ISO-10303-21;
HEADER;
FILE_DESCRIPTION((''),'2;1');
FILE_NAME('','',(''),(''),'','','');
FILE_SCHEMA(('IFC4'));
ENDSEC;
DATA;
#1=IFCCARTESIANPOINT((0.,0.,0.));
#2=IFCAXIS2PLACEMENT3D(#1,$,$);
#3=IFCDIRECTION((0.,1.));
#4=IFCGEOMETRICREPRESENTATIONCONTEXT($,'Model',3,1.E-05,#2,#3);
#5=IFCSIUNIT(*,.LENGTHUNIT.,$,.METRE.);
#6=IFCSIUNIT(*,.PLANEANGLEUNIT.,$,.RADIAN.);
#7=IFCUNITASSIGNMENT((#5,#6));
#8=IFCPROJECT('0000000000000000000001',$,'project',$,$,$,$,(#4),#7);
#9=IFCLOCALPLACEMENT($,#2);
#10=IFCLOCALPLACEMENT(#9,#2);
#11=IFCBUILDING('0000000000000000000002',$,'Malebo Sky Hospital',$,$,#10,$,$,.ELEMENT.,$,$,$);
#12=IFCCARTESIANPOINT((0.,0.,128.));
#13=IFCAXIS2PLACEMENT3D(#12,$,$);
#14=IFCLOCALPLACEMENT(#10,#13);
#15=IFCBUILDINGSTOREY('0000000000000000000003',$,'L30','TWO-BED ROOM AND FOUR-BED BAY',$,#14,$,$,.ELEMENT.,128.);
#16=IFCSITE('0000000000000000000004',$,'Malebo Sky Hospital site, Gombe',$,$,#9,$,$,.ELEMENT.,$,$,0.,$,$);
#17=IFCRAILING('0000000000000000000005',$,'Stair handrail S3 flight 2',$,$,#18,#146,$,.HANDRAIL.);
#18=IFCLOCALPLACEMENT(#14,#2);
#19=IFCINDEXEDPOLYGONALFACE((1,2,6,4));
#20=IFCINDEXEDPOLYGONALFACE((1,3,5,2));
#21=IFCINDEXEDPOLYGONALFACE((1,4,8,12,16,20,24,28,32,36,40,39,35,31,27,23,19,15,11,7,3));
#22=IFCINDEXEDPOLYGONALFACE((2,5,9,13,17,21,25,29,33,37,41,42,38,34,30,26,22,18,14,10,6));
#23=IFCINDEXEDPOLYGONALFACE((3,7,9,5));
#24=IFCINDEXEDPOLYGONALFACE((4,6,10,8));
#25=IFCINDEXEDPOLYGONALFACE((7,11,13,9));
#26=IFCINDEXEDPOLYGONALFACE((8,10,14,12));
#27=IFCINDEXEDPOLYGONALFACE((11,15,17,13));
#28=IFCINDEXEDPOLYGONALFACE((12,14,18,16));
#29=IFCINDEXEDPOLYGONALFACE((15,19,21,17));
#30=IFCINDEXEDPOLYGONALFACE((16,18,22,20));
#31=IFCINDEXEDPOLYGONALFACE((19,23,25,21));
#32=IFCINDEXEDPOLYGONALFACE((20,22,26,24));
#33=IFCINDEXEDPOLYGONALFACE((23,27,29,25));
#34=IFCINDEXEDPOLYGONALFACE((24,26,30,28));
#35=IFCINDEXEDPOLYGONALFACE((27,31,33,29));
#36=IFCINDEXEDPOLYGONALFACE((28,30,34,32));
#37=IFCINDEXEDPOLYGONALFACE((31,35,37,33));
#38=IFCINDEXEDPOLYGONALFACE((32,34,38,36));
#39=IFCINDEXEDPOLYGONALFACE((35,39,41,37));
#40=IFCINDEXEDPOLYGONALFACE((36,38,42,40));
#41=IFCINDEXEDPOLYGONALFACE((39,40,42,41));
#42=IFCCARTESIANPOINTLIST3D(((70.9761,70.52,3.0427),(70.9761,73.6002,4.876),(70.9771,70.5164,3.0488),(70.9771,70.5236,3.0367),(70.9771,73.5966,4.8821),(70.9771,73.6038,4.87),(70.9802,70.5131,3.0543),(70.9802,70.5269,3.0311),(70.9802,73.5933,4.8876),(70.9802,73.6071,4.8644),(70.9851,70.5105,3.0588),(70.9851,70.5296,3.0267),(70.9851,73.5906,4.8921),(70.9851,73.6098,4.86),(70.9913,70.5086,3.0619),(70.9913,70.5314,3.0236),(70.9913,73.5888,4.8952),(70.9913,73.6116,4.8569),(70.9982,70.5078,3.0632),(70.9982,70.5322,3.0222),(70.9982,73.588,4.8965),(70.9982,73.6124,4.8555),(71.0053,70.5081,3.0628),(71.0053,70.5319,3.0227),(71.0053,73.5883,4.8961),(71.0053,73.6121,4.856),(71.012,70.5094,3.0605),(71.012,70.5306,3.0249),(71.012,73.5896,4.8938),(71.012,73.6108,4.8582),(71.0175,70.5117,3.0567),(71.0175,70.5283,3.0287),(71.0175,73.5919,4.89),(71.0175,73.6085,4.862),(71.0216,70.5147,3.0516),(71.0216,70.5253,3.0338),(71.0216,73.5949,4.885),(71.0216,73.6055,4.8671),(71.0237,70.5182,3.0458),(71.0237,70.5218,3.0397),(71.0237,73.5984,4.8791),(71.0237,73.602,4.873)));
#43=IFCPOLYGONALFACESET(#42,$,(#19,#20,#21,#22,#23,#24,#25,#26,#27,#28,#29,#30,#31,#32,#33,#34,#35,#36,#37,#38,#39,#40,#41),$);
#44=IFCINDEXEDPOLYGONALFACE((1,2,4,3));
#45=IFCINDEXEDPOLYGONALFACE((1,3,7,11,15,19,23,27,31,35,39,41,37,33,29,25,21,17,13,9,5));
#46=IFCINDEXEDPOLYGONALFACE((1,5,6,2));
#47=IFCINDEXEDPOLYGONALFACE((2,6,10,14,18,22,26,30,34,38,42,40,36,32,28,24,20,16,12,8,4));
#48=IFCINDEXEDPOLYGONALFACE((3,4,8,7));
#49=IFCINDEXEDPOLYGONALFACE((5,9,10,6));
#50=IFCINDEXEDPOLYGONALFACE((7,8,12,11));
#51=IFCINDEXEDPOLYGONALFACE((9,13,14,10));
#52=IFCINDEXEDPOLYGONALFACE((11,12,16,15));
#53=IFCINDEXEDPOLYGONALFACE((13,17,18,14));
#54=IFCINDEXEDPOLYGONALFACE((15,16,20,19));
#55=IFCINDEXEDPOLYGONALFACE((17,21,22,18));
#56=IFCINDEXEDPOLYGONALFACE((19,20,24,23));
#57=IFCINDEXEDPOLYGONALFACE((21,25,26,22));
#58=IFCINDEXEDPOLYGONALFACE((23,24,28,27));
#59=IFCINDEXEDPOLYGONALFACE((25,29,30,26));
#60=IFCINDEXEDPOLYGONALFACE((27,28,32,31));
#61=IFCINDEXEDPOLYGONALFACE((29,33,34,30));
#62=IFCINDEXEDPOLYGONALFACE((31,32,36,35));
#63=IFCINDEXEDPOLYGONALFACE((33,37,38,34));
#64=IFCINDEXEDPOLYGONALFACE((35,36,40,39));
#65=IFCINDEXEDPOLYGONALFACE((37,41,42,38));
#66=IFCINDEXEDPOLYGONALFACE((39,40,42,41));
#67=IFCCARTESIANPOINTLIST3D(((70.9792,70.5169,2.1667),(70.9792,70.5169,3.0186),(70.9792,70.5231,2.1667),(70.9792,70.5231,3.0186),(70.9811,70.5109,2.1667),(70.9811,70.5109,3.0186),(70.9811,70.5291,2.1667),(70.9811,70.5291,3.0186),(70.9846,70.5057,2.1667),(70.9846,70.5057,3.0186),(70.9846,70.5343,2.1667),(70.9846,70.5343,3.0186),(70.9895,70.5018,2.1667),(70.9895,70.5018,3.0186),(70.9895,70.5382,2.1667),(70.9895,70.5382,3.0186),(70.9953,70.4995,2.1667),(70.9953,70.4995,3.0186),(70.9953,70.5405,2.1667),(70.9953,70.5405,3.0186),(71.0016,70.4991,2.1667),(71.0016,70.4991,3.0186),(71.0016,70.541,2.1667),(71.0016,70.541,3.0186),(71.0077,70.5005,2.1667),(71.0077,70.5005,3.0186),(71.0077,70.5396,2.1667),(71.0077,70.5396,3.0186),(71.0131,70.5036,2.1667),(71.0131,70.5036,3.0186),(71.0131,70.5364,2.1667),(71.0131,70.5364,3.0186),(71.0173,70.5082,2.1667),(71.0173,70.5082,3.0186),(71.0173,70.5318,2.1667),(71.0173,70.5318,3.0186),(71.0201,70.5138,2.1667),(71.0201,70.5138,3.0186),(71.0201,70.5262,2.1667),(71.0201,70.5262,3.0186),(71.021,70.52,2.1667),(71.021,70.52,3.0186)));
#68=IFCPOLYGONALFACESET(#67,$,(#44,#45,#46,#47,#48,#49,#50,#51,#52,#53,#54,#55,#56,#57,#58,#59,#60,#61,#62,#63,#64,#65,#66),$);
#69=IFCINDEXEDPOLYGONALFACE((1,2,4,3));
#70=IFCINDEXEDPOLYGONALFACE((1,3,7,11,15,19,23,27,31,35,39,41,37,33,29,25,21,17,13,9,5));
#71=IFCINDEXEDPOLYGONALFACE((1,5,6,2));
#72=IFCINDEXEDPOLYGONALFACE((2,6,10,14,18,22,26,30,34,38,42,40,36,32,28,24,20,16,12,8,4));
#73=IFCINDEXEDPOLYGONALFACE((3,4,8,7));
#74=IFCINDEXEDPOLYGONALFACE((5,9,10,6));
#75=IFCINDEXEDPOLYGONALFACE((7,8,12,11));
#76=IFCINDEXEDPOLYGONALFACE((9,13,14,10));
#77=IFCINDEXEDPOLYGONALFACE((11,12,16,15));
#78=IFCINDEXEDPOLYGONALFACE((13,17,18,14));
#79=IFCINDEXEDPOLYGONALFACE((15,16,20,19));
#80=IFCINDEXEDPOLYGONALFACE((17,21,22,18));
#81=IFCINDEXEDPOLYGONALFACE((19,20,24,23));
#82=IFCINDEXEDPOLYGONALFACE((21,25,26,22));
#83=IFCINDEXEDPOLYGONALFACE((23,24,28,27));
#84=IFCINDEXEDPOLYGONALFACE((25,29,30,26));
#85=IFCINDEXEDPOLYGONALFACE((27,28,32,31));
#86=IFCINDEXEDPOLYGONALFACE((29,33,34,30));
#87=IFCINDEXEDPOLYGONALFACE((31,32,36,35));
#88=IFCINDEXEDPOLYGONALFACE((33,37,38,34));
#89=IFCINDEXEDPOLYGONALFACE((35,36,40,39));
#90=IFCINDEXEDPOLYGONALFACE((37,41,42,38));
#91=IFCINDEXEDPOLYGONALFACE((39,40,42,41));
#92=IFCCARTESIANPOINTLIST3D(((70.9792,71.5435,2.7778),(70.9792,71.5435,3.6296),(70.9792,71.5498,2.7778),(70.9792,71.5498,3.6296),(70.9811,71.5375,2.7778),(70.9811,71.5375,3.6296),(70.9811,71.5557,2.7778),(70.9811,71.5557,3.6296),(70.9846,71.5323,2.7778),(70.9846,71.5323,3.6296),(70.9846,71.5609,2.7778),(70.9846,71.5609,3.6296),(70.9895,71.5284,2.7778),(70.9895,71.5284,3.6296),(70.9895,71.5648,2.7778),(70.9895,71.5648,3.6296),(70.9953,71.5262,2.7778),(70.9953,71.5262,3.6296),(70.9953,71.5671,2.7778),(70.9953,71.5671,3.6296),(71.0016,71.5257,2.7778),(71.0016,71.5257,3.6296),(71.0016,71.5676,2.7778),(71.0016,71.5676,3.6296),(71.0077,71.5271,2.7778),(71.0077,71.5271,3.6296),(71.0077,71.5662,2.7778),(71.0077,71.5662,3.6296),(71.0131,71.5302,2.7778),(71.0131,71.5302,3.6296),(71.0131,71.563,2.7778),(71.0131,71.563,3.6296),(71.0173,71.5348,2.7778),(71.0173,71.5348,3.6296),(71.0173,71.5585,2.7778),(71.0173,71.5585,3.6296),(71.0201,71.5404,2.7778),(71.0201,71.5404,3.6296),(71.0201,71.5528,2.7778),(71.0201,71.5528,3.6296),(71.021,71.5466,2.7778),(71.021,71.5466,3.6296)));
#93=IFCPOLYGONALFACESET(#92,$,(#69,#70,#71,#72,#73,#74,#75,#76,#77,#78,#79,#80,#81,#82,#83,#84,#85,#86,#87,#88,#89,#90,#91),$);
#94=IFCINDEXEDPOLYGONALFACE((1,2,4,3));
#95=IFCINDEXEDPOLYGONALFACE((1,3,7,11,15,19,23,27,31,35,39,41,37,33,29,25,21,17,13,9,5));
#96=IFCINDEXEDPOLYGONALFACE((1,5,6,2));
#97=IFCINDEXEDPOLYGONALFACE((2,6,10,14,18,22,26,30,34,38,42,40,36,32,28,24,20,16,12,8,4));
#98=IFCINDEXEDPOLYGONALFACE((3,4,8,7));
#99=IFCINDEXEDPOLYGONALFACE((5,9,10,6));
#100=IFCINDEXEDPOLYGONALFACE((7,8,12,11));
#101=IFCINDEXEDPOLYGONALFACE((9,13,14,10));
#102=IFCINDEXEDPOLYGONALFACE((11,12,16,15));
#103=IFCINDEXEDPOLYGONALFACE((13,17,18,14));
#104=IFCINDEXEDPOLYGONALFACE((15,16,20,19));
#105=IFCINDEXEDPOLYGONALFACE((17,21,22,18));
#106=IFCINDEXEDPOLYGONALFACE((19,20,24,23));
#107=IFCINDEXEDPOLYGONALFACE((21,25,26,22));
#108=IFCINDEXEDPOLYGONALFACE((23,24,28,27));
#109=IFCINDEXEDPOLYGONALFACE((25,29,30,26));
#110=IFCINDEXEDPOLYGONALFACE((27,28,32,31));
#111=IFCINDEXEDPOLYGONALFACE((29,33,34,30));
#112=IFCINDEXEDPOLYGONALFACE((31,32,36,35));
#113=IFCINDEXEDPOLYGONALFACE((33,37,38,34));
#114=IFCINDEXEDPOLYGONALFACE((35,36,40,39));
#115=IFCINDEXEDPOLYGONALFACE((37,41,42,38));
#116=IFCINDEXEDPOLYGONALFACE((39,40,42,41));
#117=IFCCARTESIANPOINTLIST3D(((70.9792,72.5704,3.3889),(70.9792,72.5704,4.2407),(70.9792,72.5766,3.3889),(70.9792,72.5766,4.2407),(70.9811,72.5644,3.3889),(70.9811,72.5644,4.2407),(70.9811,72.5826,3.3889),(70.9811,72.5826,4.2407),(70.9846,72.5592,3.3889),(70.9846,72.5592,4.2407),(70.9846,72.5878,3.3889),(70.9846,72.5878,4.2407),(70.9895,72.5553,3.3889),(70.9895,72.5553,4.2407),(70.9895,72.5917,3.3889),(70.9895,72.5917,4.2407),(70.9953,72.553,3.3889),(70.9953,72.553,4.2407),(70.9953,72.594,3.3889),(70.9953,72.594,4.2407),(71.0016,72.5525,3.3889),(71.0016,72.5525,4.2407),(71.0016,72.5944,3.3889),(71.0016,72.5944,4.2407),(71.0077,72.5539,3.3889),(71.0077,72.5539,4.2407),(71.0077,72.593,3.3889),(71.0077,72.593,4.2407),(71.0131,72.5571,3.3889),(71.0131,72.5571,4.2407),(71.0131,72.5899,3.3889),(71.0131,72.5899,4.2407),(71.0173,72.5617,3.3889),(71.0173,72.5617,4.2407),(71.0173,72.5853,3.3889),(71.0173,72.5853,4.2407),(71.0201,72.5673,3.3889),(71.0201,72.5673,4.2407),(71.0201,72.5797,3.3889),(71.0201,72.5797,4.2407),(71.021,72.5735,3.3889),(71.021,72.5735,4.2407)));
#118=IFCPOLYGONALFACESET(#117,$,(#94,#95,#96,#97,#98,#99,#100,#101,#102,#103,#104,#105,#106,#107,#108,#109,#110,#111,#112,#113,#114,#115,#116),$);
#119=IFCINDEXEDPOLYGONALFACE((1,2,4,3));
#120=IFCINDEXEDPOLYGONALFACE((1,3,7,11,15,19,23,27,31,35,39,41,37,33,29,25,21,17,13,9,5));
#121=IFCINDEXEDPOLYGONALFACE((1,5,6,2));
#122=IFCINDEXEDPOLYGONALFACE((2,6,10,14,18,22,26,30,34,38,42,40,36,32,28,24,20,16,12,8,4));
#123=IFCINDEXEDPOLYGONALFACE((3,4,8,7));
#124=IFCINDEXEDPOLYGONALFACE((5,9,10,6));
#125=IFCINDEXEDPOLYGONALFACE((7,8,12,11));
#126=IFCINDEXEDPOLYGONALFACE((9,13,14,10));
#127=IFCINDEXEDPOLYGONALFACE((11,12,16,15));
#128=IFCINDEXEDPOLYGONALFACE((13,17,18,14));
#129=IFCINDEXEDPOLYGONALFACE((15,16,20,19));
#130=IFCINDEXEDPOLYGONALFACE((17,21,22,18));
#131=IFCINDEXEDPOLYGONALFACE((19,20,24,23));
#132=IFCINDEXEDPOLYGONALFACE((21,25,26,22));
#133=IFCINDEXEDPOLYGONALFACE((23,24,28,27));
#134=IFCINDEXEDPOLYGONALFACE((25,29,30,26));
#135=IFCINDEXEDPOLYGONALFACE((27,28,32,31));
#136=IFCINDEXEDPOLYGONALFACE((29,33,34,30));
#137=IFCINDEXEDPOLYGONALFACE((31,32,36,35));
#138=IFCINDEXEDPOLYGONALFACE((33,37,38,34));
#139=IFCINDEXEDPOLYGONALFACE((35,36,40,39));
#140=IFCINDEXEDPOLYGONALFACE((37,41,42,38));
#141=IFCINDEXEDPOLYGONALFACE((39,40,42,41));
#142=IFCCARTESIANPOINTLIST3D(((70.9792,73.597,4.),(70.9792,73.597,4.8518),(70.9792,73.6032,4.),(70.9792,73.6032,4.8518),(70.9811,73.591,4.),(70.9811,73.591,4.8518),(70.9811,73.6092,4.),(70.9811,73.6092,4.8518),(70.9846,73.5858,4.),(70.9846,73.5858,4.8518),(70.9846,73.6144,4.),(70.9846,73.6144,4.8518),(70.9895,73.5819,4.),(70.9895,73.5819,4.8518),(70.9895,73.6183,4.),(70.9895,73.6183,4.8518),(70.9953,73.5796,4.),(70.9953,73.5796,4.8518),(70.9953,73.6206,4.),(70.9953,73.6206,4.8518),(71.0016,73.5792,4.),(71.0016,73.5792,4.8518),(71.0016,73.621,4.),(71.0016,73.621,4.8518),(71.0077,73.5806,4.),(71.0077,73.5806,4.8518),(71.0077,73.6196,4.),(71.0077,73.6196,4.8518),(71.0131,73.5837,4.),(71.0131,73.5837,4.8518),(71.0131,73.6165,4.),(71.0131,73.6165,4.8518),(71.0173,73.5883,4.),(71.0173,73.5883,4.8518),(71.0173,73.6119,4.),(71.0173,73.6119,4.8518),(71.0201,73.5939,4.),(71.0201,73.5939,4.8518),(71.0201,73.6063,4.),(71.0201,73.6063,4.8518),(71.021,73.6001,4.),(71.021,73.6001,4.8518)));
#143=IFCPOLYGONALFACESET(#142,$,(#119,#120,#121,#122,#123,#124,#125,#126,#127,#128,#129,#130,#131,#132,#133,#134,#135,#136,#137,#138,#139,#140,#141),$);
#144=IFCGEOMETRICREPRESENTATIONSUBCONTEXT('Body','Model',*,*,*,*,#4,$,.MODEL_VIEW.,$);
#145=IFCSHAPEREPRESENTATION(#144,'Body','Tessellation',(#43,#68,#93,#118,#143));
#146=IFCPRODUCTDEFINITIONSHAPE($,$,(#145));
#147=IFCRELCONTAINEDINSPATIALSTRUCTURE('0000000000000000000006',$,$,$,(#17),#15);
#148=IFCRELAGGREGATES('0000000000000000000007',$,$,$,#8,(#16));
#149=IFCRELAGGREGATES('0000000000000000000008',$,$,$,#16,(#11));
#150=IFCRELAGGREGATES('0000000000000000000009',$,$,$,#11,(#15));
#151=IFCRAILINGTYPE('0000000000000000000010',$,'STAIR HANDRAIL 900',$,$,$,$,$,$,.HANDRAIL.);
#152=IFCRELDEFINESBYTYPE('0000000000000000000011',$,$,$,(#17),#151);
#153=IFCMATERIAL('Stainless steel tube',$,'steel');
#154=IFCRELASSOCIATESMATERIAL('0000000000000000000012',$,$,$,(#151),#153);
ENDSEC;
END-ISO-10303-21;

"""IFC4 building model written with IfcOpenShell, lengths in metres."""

from ifc_helpers import new_model, si_unit, direction, frame, origin, origin_2d, place, context, subcontext, project, spatial, circle, extrude, material, type_object, element, save


model = new_model("IFC4")

# Units and contexts
model_context = context("Model", 3, precision=1e-05, world=origin(), true_north=direction((0.0, 1.0)))
body_context = subcontext(model_context, "Body", "Model", "MODEL_VIEW")
ifc_project = project(units=[si_unit("LENGTHUNIT", "METRE"), si_unit("PLANEANGLEUNIT", "RADIAN")], contexts=[model_context])

# Site, building, storey
site_placement = place(None, origin())
site = spatial("IfcSite", under=ifc_project, at=site_placement, Name="Malebo Sky Hospital site, Gombe", CompositionType="ELEMENT", RefElevation=0.0)
building_placement = place(site_placement, origin())
building = spatial("IfcBuilding", under=site, at=building_placement, Name="Malebo Sky Hospital", CompositionType="ELEMENT")
storey_placement = place(building_placement, frame((0.0, 0.0, 128.0)))
storey = spatial("IfcBuildingStorey", under=building, at=storey_placement, Name="L30", Description="TWO-BED ROOM AND FOUR-BED BAY", CompositionType="ELEMENT", Elevation=128.0)

# Railing
ifc_material_1 = material(Name="Stainless steel tube", Category="steel")
railing_type = type_object("IfcRailingType", Name="STAIR HANDRAIL 900", PredefinedType="HANDRAIL", material=ifc_material_1)
railing_1_placement = place(storey_placement, frame((71.0, 70.52, 2.1667)))
element("IfcRailing", 1, at=railing_1_placement, inside=storey, type_object=railing_type, Name="Stair handrail S3 flight 2", PredefinedType="HANDRAIL", context=body_context, shape_type="SweptSolid", body=[
    extrude(circle(Radius=0.0239, at=origin_2d()), frame((0.0, 0.0, 0.876), z_axis=(0.0, 0.859309, 0.511458), x_axis=(-1.0, 0.0, 0.0)), (0.0, 0.0, 1.0), 3.5845),
    extrude(circle(Radius=0.021, at=origin_2d()), origin(), (0.0, 0.0, 1.0), 0.8518),
    extrude(circle(Radius=0.021, at=origin_2d()), frame((0.0, 1.0266, 0.6111)), (0.0, 0.0, 1.0), 0.8518),
    extrude(circle(Radius=0.021, at=origin_2d()), frame((0.0, 2.0535, 1.2222)), (0.0, 0.0, 1.0), 0.8518),
    extrude(circle(Radius=0.021, at=origin_2d()), frame((0.0, 3.0801, 1.8333)), (0.0, 0.0, 1.0), 0.8518),
])

save(model, "model.ifc")
